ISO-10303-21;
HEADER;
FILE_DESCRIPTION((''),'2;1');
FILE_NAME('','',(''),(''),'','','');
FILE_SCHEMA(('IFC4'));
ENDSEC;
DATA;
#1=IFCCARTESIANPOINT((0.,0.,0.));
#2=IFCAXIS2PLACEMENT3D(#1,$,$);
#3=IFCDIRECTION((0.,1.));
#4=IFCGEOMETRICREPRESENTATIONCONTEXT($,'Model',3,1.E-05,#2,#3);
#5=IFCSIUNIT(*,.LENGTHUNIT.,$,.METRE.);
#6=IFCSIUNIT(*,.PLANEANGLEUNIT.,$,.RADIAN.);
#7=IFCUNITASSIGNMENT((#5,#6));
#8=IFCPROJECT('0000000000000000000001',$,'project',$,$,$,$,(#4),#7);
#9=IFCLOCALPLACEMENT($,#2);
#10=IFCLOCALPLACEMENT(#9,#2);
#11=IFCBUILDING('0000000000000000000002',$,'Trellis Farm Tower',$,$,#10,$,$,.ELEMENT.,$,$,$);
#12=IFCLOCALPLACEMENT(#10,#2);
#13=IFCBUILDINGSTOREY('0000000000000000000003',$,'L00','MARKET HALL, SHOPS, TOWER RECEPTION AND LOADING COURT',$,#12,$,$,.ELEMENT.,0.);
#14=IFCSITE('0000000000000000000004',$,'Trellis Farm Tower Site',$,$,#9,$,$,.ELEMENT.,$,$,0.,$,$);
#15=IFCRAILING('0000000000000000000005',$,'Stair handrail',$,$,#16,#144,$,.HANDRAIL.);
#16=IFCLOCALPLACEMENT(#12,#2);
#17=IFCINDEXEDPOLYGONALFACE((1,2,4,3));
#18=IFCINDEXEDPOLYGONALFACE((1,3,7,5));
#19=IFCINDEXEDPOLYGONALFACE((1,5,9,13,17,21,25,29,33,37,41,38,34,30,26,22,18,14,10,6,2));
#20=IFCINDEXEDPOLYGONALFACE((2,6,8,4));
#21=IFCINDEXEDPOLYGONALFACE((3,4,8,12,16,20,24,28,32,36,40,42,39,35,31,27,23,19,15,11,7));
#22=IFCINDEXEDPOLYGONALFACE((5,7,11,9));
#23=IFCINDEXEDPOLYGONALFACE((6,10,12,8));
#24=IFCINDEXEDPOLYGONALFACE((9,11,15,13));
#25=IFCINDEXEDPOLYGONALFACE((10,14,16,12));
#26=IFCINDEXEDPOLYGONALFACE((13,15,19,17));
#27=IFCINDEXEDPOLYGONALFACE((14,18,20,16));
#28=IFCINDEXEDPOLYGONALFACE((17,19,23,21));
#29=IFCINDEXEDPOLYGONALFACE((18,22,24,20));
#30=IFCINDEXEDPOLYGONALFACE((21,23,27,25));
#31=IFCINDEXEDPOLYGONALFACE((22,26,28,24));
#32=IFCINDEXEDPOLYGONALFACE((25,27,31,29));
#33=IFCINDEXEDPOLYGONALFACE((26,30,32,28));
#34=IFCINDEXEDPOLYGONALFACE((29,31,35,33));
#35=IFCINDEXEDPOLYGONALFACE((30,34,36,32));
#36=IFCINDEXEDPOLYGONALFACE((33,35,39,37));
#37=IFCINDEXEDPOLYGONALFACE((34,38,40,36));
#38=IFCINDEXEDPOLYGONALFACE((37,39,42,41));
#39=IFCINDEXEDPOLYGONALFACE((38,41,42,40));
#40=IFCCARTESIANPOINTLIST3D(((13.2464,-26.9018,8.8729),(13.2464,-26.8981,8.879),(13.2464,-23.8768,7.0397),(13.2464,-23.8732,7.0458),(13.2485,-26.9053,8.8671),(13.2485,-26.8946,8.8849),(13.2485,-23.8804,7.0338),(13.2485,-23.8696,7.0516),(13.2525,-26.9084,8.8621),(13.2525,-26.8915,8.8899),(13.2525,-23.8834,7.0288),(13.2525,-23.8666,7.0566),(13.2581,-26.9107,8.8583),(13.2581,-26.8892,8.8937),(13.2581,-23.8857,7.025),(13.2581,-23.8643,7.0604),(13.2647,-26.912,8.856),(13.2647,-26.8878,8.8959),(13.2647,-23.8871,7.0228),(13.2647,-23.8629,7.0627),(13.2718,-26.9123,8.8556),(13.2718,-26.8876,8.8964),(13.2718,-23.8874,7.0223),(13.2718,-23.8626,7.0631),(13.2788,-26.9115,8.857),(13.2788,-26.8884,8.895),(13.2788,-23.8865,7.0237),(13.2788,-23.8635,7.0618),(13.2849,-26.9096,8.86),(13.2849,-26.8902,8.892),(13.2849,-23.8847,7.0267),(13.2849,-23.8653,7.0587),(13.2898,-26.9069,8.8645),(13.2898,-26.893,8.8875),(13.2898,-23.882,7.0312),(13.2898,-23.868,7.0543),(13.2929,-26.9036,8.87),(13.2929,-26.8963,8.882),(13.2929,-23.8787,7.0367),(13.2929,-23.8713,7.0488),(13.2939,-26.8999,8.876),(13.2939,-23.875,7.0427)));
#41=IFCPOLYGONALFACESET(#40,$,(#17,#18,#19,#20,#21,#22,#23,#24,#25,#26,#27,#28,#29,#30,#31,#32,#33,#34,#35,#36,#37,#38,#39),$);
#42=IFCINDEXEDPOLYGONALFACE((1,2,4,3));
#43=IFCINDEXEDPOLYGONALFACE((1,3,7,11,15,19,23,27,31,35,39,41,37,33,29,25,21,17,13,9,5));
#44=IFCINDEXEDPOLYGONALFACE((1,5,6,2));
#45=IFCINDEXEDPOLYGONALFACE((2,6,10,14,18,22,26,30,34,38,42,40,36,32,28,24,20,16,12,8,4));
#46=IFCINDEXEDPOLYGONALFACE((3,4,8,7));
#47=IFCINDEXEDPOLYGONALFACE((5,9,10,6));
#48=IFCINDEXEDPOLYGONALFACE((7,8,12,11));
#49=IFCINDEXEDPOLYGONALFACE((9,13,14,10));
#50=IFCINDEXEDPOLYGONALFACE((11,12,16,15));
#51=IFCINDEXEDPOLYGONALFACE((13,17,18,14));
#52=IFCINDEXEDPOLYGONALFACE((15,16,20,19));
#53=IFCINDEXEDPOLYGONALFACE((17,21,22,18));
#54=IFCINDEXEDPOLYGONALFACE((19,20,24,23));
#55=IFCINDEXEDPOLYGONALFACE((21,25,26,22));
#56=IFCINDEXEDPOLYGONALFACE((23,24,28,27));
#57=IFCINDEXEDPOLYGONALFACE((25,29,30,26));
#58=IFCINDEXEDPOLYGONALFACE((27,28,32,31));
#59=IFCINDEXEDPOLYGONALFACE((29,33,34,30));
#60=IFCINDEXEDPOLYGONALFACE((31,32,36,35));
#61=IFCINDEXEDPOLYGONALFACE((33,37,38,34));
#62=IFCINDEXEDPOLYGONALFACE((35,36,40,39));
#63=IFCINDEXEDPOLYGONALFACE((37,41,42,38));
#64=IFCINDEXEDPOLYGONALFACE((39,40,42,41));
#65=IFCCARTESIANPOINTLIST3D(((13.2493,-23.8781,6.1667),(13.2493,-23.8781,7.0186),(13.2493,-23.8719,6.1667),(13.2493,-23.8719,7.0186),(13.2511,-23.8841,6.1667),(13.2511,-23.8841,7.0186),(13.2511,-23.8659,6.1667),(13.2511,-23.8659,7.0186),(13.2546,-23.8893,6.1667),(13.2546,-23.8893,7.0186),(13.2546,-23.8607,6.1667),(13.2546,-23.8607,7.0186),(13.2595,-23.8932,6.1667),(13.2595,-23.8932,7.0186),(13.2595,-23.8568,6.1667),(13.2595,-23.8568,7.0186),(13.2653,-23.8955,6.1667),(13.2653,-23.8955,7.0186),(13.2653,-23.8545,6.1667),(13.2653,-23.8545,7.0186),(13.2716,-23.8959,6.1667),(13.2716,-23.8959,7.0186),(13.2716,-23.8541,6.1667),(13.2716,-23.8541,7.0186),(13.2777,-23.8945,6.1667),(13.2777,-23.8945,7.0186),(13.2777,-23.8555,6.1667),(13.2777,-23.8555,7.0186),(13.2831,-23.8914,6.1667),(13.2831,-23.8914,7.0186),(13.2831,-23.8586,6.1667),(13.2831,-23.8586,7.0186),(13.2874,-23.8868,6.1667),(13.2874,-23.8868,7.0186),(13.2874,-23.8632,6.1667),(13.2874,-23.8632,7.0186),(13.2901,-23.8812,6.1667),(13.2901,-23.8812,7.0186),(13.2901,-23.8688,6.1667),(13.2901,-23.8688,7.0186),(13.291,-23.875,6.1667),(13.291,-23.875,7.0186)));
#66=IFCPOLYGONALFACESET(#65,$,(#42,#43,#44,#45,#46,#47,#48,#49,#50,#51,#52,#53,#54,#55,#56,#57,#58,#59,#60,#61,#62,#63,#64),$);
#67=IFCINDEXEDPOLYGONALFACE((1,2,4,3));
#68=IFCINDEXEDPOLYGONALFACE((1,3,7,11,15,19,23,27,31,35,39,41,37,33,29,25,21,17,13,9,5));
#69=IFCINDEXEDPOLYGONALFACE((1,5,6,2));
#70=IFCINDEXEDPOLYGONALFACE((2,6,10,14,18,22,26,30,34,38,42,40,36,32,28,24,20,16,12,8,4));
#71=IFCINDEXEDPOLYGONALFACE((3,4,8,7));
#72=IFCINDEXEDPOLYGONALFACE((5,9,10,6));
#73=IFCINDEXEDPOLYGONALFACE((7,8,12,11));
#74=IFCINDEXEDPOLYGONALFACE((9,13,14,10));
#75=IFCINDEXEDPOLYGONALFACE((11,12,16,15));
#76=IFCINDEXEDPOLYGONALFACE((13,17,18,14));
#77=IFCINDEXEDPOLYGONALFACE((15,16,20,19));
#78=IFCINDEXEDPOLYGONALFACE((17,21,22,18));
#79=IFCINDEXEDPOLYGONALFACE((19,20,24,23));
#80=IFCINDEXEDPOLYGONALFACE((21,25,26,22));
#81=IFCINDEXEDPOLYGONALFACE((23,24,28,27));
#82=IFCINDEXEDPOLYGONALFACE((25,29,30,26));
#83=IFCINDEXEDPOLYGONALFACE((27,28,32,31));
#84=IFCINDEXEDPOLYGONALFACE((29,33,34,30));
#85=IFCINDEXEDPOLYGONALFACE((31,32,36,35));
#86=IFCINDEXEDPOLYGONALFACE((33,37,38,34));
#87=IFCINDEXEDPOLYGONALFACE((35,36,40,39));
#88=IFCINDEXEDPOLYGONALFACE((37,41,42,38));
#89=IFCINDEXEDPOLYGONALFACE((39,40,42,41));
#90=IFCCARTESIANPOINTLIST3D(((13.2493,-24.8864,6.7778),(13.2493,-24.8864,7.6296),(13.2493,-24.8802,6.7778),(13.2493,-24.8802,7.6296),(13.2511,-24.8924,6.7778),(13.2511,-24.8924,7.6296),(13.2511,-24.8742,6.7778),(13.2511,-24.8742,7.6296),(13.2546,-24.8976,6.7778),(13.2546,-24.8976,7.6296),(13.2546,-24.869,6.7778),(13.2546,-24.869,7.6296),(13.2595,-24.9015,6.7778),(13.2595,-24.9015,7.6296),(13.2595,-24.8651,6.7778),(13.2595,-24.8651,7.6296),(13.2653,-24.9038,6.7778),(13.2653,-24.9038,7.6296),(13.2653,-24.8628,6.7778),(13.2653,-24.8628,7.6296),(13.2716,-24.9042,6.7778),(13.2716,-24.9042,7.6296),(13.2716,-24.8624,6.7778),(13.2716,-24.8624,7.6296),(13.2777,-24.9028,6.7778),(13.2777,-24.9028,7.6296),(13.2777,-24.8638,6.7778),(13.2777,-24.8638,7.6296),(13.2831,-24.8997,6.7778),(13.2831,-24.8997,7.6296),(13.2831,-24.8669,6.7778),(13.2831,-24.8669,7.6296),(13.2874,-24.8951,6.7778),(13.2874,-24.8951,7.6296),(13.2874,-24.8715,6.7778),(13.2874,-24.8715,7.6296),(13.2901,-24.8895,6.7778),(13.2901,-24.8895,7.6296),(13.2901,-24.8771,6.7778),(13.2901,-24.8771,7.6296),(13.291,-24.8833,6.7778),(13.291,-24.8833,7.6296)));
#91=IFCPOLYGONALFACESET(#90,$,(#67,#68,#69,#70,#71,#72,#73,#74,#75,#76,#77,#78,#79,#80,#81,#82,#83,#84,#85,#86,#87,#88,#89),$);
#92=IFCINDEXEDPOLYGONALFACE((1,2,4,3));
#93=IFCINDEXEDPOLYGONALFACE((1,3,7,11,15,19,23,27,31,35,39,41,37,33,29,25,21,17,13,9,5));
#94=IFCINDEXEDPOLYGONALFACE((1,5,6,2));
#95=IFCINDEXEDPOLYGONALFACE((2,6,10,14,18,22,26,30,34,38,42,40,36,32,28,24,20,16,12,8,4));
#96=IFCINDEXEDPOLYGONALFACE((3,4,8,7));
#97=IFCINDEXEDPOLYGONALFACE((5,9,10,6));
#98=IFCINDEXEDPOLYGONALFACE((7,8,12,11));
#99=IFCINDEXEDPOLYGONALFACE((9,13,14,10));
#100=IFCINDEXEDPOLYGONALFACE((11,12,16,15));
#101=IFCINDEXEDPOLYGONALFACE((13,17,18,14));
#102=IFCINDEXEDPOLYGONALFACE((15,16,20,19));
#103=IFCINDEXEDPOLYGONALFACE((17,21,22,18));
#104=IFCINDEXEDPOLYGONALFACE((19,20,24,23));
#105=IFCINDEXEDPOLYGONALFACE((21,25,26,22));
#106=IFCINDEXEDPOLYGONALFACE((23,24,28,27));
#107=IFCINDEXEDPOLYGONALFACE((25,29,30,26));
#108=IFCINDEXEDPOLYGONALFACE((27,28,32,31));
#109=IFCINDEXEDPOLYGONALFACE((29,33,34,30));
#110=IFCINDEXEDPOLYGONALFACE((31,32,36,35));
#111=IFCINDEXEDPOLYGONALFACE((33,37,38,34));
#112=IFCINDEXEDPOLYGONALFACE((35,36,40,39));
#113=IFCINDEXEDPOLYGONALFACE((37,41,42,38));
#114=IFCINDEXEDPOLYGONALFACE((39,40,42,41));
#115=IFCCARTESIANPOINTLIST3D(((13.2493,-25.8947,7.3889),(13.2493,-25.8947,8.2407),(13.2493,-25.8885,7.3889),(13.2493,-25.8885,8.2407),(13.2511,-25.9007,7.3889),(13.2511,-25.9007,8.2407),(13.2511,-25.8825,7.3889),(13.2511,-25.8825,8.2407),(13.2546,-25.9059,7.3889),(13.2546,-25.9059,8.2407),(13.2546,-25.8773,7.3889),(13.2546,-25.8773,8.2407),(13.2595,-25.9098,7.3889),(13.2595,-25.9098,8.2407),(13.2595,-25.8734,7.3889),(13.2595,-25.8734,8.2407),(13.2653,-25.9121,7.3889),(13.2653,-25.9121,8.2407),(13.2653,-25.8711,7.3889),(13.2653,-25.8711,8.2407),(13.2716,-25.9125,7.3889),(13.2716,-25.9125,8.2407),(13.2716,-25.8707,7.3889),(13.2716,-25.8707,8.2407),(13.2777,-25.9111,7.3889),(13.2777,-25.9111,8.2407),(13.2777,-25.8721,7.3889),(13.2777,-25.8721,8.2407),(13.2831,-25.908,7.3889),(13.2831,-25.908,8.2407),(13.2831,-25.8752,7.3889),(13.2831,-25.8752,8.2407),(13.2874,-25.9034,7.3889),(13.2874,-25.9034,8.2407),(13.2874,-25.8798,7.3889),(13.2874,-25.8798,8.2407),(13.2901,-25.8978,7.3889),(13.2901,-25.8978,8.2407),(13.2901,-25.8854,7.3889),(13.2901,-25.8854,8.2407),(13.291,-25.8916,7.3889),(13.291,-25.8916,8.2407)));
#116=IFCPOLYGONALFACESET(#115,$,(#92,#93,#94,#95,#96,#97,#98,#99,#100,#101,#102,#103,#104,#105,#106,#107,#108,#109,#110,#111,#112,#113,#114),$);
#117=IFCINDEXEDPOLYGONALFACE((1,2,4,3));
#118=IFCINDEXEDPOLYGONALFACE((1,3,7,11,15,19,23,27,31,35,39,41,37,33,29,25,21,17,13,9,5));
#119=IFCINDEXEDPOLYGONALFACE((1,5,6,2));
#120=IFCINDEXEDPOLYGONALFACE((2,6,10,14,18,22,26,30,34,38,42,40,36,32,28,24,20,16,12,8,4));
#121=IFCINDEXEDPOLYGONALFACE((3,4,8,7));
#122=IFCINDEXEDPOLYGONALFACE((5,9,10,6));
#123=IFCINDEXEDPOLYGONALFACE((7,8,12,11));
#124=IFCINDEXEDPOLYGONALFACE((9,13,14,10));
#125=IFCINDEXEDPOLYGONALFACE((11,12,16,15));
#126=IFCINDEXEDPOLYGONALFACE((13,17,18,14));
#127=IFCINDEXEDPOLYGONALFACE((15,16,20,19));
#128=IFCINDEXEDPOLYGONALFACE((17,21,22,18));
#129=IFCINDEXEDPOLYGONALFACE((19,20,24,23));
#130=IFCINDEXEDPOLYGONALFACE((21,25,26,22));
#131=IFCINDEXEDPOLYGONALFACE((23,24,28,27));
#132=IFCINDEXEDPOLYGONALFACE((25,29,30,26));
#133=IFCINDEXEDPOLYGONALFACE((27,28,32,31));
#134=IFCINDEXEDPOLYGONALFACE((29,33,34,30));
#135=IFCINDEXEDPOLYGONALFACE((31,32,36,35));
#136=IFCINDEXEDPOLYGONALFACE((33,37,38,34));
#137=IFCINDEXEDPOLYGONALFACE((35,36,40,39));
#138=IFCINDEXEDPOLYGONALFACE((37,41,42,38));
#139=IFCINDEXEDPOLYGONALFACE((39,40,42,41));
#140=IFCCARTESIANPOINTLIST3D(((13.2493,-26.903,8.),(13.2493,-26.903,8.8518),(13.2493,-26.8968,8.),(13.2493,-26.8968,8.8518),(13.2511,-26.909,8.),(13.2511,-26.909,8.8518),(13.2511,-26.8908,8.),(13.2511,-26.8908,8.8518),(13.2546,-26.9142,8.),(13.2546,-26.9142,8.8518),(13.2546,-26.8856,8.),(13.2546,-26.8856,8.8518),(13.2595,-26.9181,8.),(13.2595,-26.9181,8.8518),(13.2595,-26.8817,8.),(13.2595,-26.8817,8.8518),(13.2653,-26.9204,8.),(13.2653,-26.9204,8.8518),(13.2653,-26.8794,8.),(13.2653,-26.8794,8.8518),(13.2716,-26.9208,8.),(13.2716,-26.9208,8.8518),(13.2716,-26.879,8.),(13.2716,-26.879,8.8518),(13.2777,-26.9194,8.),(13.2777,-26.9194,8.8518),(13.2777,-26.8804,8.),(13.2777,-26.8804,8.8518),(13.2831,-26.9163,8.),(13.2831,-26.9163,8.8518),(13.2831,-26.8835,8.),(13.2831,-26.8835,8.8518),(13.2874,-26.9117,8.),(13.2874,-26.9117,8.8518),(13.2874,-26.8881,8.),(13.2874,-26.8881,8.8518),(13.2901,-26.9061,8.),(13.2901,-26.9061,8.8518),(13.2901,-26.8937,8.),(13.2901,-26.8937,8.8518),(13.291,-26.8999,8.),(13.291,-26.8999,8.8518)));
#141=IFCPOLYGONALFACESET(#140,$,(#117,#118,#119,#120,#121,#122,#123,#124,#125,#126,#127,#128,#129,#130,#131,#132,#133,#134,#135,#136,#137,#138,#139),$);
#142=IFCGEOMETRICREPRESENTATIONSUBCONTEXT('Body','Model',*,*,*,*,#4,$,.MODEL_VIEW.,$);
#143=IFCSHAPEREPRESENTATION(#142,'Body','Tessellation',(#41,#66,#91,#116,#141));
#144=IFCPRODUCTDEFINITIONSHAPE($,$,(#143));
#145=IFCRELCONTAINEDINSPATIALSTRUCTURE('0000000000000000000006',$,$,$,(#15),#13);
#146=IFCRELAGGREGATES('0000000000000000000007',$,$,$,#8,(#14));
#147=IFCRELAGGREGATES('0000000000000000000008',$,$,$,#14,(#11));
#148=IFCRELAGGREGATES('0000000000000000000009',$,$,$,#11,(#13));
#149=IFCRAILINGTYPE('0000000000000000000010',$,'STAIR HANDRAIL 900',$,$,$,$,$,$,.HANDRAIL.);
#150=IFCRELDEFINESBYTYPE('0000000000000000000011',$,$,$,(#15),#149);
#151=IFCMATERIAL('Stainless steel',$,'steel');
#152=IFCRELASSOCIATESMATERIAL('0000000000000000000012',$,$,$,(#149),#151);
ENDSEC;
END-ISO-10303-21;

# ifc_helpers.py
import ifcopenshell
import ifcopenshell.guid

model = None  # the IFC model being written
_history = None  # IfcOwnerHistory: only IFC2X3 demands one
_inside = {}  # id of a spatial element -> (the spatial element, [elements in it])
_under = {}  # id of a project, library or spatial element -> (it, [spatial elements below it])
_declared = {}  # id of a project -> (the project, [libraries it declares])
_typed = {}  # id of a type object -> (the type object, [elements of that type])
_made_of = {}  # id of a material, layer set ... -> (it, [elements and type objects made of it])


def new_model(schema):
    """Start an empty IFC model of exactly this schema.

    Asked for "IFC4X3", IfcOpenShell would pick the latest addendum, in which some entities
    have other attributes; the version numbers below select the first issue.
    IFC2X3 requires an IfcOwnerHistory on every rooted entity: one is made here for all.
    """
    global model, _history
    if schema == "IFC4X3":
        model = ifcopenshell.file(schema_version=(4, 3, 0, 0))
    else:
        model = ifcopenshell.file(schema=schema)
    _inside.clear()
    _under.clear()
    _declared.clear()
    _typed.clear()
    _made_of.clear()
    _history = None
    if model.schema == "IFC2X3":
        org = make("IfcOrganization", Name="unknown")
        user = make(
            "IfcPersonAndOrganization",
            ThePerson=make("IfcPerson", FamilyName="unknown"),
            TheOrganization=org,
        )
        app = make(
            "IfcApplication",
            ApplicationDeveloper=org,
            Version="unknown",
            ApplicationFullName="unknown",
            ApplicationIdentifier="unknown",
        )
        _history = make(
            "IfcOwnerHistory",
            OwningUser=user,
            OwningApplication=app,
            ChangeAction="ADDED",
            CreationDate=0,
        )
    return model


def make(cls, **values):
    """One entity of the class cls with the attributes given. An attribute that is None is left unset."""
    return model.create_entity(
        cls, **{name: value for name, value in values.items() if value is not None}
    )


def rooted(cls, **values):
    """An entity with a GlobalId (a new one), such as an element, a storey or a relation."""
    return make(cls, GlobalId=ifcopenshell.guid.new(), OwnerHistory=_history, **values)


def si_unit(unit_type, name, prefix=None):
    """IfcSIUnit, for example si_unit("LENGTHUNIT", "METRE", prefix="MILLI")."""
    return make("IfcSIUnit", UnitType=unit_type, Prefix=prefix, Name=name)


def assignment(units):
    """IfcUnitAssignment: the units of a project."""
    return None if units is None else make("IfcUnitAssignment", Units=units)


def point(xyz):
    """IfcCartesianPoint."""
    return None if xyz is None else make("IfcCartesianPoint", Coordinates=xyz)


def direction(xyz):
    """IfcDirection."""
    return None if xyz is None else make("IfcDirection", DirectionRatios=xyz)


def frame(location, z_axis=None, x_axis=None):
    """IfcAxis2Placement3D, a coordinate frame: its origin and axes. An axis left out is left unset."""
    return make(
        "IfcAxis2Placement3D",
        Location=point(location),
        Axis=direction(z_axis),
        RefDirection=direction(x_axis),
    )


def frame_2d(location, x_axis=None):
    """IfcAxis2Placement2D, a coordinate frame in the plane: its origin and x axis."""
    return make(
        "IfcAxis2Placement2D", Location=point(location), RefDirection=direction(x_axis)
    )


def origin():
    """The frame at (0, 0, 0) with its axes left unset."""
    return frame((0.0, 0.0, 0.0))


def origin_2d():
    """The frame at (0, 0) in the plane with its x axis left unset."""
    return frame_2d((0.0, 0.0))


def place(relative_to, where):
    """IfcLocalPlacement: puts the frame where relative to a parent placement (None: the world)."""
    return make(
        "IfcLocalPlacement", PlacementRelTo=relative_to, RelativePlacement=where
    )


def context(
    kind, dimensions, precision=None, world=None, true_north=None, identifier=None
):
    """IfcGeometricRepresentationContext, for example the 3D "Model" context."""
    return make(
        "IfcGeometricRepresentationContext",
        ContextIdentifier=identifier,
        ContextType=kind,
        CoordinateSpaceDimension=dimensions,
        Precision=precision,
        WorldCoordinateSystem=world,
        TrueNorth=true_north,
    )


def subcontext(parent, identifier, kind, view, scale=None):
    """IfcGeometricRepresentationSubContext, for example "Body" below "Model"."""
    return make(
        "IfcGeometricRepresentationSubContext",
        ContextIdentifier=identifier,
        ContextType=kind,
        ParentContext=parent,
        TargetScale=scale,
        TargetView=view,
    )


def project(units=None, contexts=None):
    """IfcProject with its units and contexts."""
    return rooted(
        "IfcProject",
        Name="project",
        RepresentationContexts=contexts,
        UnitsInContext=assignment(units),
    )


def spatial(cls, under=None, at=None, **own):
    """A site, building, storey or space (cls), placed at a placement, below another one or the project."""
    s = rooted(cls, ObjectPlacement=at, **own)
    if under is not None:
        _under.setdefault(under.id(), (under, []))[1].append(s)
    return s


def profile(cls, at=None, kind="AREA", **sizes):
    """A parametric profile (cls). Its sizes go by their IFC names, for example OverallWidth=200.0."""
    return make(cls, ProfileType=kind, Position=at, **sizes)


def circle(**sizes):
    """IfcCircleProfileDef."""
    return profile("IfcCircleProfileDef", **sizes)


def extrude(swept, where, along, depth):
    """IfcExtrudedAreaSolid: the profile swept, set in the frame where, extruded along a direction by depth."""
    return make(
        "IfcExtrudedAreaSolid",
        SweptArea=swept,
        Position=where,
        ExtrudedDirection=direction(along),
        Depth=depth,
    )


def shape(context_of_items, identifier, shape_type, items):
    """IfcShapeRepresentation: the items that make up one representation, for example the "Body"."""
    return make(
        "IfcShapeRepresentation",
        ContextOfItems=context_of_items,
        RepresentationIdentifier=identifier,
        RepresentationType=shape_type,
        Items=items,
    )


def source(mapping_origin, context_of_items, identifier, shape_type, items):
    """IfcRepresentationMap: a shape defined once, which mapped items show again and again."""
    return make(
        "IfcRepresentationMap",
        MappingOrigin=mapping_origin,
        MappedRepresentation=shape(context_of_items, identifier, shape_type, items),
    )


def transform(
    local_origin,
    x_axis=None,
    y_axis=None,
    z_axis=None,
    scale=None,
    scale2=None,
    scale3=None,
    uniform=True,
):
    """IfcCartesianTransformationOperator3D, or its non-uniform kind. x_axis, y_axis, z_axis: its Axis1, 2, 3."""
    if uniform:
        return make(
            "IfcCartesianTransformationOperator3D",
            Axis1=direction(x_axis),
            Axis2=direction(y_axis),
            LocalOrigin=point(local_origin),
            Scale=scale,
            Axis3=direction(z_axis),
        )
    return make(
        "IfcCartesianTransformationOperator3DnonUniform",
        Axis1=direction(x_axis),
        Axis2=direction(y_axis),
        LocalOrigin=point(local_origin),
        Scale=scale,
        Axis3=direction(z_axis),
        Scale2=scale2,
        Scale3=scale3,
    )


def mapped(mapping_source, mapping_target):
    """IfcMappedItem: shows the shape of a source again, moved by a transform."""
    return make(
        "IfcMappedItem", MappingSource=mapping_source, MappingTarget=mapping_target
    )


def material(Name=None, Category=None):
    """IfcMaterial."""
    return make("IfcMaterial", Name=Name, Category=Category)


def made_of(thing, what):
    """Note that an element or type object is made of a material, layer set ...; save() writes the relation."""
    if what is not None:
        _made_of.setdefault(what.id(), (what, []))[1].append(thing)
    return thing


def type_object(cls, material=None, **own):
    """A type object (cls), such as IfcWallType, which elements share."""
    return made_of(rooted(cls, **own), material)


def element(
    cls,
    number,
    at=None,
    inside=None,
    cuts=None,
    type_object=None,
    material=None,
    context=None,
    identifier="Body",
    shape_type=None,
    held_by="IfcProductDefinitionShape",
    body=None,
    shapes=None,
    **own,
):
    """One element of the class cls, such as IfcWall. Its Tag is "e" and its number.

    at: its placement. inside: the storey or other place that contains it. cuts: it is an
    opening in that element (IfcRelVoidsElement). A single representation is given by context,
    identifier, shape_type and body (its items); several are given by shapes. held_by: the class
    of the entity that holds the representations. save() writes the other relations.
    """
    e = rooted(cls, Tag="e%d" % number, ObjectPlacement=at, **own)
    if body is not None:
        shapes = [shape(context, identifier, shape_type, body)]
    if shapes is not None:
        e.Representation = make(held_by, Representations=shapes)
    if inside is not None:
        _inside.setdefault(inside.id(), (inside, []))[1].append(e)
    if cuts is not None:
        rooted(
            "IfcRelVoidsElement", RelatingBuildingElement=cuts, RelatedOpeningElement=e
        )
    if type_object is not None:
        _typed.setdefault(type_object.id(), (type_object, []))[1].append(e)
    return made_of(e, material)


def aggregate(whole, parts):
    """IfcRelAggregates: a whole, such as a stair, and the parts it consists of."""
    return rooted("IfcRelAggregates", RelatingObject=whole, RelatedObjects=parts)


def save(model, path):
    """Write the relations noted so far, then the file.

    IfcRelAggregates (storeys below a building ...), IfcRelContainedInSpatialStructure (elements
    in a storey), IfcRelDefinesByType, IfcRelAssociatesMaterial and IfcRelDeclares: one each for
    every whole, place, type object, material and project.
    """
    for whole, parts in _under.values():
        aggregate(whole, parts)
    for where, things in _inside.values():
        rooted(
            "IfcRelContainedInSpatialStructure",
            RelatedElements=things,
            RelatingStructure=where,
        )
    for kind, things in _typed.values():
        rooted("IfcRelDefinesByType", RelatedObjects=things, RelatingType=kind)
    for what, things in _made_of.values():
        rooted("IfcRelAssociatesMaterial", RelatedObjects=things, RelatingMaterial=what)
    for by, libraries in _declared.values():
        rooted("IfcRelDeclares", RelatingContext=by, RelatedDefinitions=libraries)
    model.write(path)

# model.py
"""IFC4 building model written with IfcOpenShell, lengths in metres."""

from ifc_helpers import new_model, si_unit, direction, frame, origin, origin_2d, place, context, subcontext, project, spatial, circle, extrude, source, transform, mapped, material, type_object, element, save


model = new_model("IFC4")

# Units and contexts
model_context = context("Model", 3, precision=1e-05, world=origin(), true_north=direction((0.0, 1.0)))
body_context = subcontext(model_context, "Body", "Model", "MODEL_VIEW")
ifc_project = project(units=[si_unit("LENGTHUNIT", "METRE"), si_unit("PLANEANGLEUNIT", "RADIAN")], contexts=[model_context])

# Site, building, storey
site_placement = place(None, origin())
site = spatial("IfcSite", under=ifc_project, at=site_placement, Name="Trellis Farm Tower Site", CompositionType="ELEMENT", RefElevation=0.0)
building_placement = place(site_placement, origin())
building = spatial("IfcBuilding", under=site, at=building_placement, Name="Trellis Farm Tower", CompositionType="ELEMENT")
storey_placement = place(building_placement, origin())
storey = spatial("IfcBuildingStorey", under=building, at=storey_placement, Name="L00", Description="MARKET HALL, SHOPS, TOWER RECEPTION AND LOADING COURT", CompositionType="ELEMENT", Elevation=0.0)

# Railing
ifc_material_1 = material(Name="Stainless steel", Category="steel")
railing_type = type_object("IfcRailingType", Name="STAIR HANDRAIL 900", PredefinedType="HANDRAIL", material=ifc_material_1)
shared_shape_1 = source(origin(), body_context, "Body", "SweptSolid", [
    extrude(circle(Radius=0.0239, at=origin_2d()), frame((0.0, 0.0, 0.876), z_axis=(0.0, -0.855201, 0.518297), x_axis=(1.0, 0.0, 0.0)), (0.0, 0.0, 1.0), 3.5371),
    extrude(circle(Radius=0.021, at=origin_2d()), origin(), (0.0, 0.0, 1.0), 0.8518),
    extrude(circle(Radius=0.021, at=origin_2d()), frame((0.0, -1.0083, 0.6111)), (0.0, 0.0, 1.0), 0.8518),
    extrude(circle(Radius=0.021, at=origin_2d()), frame((0.0, -2.0166, 1.2222)), (0.0, 0.0, 1.0), 0.8518),
    extrude(circle(Radius=0.021, at=origin_2d()), frame((0.0, -3.0249, 1.8333)), (0.0, 0.0, 1.0), 0.8518),
])
for number, where, name in (
    (1, (13.27, -23.875, 6.1667), "Stair handrail"),
):
    element("IfcRailing", number, at=place(storey_placement, frame(where)), inside=storey, type_object=railing_type, Name=name, PredefinedType="HANDRAIL", context=body_context, shape_type="MappedRepresentation", body=[
        mapped(shared_shape_1, transform((0.0, 0.0, 0.0))),
    ])

save(model, "model.ifc")
